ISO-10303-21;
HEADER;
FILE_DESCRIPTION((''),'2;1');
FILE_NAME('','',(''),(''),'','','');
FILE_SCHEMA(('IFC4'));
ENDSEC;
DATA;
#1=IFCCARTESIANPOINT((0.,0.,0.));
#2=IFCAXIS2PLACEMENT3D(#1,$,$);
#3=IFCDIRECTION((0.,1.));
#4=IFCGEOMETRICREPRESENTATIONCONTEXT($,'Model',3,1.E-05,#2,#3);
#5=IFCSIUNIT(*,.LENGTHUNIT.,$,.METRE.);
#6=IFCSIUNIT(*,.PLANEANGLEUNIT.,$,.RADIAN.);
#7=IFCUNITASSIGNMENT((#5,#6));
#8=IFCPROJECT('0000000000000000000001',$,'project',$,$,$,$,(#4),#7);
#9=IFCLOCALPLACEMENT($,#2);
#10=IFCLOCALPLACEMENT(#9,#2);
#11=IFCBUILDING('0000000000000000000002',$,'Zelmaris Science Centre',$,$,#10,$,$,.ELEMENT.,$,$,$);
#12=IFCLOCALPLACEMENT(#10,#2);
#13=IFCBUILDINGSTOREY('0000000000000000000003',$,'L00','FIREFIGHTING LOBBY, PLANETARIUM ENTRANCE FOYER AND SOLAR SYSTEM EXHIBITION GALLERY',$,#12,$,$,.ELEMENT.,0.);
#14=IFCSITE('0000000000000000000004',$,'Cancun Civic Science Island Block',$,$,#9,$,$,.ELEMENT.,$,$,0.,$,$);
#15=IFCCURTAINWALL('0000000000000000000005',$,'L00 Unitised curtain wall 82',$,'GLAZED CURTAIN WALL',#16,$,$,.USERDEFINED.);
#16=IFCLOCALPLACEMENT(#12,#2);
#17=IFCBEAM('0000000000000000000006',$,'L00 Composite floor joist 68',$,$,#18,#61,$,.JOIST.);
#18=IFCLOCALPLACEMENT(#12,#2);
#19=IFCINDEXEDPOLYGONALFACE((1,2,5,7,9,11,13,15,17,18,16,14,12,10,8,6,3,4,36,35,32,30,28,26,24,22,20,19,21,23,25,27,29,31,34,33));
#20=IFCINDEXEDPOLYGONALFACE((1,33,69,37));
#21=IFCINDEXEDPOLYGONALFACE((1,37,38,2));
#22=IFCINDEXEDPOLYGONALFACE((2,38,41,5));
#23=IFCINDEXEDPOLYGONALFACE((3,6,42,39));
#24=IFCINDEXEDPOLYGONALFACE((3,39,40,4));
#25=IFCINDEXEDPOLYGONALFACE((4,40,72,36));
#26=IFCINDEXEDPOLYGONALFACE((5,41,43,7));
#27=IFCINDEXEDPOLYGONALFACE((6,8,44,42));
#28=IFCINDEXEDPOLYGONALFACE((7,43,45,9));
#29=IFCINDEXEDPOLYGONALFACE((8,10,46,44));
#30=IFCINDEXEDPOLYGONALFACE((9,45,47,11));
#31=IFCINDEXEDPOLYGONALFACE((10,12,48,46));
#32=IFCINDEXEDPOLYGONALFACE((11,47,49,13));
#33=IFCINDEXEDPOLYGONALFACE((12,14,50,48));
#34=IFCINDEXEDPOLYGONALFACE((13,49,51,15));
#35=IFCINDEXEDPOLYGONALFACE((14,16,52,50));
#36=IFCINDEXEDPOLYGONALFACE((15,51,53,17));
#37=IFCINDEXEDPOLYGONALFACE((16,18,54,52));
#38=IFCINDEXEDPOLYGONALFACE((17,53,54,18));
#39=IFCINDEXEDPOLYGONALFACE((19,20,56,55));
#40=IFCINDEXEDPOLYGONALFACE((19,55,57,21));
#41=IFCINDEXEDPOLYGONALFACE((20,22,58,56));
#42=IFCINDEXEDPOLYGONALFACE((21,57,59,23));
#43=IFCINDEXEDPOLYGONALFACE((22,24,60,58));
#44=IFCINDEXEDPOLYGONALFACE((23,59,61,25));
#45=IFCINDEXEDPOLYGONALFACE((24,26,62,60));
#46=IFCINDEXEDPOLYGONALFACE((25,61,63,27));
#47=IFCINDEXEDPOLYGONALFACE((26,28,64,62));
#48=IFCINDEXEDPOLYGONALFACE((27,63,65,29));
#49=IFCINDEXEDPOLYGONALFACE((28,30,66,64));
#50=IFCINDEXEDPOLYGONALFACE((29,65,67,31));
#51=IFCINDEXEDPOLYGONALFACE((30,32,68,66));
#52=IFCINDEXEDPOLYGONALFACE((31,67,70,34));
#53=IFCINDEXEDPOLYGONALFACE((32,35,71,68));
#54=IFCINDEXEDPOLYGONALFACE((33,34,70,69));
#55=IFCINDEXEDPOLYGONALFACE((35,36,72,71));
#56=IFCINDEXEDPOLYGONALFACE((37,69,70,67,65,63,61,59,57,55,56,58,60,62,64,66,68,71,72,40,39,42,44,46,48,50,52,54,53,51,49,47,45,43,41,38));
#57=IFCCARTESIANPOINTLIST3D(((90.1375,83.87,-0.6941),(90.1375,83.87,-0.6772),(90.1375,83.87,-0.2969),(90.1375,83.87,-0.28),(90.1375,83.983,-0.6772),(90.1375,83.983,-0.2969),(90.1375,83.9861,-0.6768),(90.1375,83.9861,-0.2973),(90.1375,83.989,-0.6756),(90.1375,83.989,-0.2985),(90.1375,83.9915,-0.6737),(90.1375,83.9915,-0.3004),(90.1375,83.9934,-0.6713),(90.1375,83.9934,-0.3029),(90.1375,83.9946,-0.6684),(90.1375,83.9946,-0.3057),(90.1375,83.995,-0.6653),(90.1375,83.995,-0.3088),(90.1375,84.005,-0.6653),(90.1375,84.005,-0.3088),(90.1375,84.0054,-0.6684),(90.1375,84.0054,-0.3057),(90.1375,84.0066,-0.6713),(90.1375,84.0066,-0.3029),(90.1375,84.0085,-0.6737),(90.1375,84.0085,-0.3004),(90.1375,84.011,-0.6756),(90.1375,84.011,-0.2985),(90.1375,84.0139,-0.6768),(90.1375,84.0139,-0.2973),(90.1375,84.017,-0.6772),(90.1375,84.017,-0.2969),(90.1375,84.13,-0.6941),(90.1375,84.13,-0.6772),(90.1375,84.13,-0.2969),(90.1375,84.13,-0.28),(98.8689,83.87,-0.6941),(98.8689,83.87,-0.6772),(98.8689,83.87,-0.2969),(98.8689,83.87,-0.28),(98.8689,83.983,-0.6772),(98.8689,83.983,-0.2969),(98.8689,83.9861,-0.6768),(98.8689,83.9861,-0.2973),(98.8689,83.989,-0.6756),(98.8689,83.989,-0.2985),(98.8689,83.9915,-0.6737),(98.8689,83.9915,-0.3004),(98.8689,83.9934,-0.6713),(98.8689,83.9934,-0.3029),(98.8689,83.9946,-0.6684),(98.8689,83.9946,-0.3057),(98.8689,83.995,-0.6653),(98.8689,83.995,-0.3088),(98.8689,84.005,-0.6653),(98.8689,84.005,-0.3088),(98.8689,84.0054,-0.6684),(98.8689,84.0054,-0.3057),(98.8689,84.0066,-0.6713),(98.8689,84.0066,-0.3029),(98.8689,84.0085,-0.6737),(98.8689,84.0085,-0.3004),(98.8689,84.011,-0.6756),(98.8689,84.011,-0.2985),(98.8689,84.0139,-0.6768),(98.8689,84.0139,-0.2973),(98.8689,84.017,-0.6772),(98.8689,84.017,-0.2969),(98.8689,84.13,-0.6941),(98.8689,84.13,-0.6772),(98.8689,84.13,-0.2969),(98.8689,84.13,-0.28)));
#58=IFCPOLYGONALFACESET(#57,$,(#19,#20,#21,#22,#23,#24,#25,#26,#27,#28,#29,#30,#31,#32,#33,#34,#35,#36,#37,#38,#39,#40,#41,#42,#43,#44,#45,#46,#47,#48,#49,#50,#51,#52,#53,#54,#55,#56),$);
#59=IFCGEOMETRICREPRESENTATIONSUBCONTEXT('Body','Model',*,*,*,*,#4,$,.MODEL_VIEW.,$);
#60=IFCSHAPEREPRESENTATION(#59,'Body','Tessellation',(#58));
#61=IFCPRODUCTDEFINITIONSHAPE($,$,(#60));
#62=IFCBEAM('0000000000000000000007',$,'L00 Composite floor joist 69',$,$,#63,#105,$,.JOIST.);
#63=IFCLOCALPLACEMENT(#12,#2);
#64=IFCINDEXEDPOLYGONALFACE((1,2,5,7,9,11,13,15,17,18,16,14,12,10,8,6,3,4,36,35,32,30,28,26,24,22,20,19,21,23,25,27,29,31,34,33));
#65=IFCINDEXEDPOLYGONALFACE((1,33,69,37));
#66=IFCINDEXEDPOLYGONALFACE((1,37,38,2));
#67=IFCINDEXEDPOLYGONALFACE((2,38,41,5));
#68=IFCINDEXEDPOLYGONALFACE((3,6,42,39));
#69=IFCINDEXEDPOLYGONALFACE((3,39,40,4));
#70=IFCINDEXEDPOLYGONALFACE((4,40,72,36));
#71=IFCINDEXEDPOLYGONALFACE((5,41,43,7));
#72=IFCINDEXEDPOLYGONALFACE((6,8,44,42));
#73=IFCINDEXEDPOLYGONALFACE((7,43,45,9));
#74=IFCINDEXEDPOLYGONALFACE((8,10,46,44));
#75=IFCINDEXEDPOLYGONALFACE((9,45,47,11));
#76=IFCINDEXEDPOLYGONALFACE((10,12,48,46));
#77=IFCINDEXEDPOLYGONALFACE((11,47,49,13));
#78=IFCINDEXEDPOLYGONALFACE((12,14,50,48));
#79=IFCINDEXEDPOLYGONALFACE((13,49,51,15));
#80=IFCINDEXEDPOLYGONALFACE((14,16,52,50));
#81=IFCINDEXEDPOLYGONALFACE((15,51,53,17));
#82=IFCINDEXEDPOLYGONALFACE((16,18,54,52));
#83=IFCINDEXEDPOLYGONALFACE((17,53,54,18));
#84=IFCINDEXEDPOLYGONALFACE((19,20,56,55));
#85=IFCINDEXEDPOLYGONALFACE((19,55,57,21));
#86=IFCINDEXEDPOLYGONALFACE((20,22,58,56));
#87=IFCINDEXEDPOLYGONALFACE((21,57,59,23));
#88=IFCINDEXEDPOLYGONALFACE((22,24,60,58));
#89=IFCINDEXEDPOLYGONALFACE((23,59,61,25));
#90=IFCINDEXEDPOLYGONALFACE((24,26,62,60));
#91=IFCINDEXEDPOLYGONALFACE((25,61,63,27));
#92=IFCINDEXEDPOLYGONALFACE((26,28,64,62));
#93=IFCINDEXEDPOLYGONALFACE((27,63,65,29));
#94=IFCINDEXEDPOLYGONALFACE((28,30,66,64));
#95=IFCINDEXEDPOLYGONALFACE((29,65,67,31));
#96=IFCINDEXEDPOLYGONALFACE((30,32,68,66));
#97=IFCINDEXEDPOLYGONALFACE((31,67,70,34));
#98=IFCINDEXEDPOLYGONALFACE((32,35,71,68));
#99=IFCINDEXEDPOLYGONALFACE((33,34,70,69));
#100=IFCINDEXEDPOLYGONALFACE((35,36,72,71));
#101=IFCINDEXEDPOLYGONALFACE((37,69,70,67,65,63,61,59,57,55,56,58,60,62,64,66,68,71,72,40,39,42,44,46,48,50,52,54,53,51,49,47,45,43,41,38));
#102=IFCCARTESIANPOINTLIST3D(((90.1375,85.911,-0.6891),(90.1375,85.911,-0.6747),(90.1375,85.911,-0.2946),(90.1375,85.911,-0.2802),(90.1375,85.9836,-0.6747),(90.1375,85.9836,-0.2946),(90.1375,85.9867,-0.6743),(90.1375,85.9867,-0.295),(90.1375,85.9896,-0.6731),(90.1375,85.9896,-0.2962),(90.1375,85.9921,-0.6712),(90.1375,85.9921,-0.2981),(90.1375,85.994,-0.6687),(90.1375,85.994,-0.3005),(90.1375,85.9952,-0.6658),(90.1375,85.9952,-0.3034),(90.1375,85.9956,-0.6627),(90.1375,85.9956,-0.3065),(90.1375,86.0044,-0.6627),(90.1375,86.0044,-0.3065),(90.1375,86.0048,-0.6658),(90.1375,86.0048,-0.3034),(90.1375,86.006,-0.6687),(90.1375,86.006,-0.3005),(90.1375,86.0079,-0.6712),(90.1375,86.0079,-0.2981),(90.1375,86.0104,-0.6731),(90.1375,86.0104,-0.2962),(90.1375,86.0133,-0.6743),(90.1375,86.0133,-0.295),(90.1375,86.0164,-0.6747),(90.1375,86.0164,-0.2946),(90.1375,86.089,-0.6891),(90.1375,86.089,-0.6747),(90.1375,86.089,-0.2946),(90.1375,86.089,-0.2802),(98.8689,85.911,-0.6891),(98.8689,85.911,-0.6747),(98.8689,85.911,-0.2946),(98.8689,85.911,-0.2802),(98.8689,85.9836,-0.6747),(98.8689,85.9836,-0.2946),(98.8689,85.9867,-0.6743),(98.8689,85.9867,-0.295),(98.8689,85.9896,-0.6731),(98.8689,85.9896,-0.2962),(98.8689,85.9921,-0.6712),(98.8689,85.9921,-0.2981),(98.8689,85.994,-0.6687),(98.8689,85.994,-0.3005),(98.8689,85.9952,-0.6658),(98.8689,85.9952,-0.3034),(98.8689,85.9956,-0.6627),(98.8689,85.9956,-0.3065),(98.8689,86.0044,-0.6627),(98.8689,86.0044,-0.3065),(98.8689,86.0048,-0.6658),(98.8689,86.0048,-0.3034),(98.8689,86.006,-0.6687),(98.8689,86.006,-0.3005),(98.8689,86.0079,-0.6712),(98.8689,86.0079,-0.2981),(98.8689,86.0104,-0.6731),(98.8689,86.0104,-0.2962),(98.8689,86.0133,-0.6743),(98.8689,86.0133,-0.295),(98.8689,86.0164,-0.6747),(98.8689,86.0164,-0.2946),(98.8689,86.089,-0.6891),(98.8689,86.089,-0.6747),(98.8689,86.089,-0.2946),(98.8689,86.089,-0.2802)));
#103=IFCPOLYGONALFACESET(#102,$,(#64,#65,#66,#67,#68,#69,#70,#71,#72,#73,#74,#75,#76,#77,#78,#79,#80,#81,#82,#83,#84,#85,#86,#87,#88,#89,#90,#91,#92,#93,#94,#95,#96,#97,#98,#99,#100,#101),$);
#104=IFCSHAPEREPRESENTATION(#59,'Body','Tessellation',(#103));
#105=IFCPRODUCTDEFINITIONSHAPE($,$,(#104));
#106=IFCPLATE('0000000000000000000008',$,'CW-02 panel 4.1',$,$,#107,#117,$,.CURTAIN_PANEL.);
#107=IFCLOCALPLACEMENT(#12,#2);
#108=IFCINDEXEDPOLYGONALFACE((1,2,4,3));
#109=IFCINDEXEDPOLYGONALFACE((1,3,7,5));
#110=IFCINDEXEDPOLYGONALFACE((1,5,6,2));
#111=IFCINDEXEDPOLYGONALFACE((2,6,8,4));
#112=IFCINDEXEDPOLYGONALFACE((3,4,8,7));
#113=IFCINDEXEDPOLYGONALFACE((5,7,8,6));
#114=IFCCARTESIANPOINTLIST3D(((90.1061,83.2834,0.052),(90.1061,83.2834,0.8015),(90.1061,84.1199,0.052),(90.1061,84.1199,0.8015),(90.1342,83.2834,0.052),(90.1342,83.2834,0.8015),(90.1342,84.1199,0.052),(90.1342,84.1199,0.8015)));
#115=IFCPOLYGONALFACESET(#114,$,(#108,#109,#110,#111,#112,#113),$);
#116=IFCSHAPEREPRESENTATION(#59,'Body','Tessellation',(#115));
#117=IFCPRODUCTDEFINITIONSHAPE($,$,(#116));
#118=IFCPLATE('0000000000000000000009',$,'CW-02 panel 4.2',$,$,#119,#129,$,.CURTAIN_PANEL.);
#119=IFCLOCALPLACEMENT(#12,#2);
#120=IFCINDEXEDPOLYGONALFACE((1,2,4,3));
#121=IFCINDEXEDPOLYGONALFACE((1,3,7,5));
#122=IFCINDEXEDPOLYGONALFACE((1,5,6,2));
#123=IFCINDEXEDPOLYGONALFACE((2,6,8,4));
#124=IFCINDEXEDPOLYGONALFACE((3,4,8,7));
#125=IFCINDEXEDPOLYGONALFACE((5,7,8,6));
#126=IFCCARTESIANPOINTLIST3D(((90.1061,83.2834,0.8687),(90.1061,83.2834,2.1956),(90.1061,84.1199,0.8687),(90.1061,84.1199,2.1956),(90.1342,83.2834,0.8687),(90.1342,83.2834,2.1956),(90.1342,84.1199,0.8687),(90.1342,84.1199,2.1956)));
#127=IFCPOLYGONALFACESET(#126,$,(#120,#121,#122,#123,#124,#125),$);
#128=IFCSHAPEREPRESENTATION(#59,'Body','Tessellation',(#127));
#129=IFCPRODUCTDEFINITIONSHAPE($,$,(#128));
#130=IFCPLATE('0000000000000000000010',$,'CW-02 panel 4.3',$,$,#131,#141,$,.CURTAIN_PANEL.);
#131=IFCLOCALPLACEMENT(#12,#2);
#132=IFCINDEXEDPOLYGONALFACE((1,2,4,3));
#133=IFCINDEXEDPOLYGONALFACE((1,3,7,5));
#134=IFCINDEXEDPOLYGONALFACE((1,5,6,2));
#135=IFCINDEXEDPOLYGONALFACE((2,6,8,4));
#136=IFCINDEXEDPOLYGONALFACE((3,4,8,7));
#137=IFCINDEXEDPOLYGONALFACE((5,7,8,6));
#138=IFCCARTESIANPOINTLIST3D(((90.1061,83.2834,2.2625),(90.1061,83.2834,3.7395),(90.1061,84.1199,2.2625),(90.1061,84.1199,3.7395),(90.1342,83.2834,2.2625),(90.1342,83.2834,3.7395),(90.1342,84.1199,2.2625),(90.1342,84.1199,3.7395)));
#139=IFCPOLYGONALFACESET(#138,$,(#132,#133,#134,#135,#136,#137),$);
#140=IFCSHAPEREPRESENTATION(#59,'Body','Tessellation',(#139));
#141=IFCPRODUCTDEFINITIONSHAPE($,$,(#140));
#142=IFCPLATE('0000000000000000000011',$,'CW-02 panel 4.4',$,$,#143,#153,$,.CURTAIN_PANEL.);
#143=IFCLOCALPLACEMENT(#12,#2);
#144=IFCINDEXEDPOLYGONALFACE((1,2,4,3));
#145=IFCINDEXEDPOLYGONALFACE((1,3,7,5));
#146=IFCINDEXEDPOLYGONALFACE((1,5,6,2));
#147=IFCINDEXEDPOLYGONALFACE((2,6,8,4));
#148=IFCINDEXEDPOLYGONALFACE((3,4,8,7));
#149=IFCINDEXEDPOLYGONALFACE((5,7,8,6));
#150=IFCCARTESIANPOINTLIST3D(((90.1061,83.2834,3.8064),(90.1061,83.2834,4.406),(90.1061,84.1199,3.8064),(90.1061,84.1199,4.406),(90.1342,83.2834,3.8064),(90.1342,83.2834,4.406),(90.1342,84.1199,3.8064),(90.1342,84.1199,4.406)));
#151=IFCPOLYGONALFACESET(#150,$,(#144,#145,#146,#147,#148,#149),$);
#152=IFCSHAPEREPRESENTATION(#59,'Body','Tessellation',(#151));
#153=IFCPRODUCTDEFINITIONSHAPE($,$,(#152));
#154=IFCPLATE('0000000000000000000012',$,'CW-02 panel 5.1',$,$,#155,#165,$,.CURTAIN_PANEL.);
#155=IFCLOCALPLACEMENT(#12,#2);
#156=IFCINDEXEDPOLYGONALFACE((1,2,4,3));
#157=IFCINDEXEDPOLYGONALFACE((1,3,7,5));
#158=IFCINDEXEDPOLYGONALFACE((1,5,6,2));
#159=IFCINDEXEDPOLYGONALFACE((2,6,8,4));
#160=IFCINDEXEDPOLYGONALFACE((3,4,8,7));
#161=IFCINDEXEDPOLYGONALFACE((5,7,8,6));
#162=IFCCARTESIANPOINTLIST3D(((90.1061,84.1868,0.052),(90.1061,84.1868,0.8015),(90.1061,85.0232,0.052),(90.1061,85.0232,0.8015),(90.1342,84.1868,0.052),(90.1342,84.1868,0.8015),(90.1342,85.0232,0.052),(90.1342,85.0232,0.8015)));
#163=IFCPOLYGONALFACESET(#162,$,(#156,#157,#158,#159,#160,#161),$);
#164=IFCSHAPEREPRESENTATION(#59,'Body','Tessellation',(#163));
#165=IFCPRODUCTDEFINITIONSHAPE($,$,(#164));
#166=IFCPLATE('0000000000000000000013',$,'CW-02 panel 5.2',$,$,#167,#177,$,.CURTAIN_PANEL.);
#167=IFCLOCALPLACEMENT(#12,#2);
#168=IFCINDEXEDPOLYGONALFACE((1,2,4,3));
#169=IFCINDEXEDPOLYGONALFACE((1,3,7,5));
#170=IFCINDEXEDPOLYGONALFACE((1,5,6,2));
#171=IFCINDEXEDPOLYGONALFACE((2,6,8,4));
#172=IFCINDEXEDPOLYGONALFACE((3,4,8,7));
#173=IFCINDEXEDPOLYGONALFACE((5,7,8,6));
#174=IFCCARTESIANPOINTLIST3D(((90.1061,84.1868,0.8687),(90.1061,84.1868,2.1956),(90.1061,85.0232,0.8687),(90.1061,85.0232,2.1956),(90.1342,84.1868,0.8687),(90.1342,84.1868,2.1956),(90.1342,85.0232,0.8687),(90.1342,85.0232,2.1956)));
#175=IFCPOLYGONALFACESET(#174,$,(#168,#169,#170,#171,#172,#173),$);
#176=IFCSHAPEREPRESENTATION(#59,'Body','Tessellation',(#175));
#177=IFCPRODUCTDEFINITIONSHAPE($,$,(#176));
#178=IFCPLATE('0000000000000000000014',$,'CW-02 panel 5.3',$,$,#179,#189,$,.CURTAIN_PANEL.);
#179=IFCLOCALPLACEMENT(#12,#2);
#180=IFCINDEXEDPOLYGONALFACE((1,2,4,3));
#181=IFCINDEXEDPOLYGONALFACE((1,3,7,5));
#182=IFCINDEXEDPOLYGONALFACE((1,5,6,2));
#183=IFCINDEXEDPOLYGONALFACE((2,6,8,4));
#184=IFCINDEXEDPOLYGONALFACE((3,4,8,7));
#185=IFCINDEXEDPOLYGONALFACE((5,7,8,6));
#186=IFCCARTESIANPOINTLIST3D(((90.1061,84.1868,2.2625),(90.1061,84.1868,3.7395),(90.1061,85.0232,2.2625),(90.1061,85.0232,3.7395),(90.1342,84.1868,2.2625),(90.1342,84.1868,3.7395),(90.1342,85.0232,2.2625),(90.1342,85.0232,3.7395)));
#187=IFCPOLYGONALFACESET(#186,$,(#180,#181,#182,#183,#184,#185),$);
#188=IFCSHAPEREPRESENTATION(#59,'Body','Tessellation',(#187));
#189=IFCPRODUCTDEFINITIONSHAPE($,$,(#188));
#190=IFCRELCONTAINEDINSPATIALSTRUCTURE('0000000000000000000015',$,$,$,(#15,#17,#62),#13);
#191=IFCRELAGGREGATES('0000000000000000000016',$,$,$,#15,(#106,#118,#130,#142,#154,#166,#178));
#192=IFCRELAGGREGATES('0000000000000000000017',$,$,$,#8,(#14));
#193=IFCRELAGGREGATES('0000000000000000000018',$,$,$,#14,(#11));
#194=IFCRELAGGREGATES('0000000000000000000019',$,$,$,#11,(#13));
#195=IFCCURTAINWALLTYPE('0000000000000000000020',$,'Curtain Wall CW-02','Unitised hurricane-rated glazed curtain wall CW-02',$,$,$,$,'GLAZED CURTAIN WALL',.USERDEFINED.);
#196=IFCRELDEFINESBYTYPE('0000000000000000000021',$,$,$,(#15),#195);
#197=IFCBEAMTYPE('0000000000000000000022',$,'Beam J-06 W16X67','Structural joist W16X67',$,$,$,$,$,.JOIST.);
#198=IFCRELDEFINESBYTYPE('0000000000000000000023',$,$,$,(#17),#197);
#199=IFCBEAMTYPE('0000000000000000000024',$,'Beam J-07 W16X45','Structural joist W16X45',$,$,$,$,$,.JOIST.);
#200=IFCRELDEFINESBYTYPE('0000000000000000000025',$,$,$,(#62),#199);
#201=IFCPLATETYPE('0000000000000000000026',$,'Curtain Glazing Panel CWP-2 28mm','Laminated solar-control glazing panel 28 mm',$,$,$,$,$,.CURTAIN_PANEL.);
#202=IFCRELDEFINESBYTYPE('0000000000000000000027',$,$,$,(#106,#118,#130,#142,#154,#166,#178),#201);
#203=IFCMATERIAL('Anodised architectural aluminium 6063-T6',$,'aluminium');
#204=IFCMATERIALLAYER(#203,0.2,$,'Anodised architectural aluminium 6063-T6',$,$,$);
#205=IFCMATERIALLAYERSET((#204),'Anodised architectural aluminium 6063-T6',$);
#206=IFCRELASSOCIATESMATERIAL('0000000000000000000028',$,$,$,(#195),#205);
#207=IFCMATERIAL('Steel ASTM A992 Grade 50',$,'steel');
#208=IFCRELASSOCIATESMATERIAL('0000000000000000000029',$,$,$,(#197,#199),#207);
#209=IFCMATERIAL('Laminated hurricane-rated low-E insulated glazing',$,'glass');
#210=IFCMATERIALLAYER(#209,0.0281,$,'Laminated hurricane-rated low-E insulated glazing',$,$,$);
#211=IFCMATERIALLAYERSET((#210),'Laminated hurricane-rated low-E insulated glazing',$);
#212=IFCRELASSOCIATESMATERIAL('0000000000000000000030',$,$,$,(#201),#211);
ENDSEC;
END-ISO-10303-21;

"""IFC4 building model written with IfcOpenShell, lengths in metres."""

from ifc_helpers import new_model, si_unit, direction, frame, origin, origin_2d, place, context, subcontext, project, spatial, rectangle, i_section, extrude, material, layer, layer_set, material_profile, profile_set, type_object, element, aggregate, save


model = new_model("IFC4")

# Units and contexts
model_context = context("Model", 3, precision=1e-05, world=origin(), true_north=direction((0.0, 1.0)))
body_context = subcontext(model_context, "Body", "Model", "MODEL_VIEW")
ifc_project = project(units=[si_unit("LENGTHUNIT", "METRE"), si_unit("PLANEANGLEUNIT", "RADIAN")], contexts=[model_context])

# Site, building, storey
site_placement = place(None, origin())
site = spatial("IfcSite", under=ifc_project, at=site_placement, Name="Cancun Civic Science Island Block", CompositionType="ELEMENT", RefElevation=0.0)
building_placement = place(site_placement, origin())
building = spatial("IfcBuilding", under=site, at=building_placement, Name="Zelmaris Science Centre", CompositionType="ELEMENT")
storey_placement = place(building_placement, origin())
storey = spatial("IfcBuildingStorey", under=building, at=storey_placement, Name="L00", Description="FIREFIGHTING LOBBY, PLANETARIUM ENTRANCE FOYER AND SOLAR SYSTEM EXHIBITION GALLERY", CompositionType="ELEMENT", Elevation=0.0)

# Shared definitions
ifc_material_1 = material(Name="Anodised architectural aluminium 6063-T6", Category="aluminium")

# Curtain wall
ifc_layer_1 = layer(ifc_material_1, 0.2, Name="Anodised architectural aluminium 6063-T6")
ifc_layer_set_1 = layer_set([ifc_layer_1], Name="Anodised architectural aluminium 6063-T6")
curtain_wall_type_1 = type_object("IfcCurtainWallType", Name="Curtain Wall CW-02", Description="Unitised hurricane-rated glazed curtain wall CW-02", ElementType="GLAZED CURTAIN WALL", PredefinedType="USERDEFINED", material=ifc_layer_set_1)
curtain_wall_1_placement = place(storey_placement, origin())
curtain_wall_1 = element("IfcCurtainWall", 1, at=curtain_wall_1_placement, inside=storey, type_object=curtain_wall_type_1, Name="L00 Unitised curtain wall 82", ObjectType="GLAZED CURTAIN WALL", PredefinedType="USERDEFINED")

# Beams
ifc_material_2 = material(Name="Steel ASTM A992 Grade 50", Category="steel")
ifc_material_profile_1 = material_profile(ifc_material_2, i_section(OverallWidth=0.26, OverallDepth=0.4141, WebThickness=0.01, FlangeThickness=0.0168, FilletRadius=0.012, at=origin_2d()), Name="W16X67")
ifc_profile_set_1 = profile_set([ifc_material_profile_1], Name="Steel ASTM A992 Grade 50")
beam_type_1 = type_object("IfcBeamType", Name="Beam J-06 W16X67", Description="Structural joist W16X67", PredefinedType="JOIST", material=ifc_profile_set_1)
beam_1_placement = place(storey_placement, frame((90.1375, 84.0, -0.4871), z_axis=(1.0, 0.0, 0.0), x_axis=(0.0, 1.0, 0.0)))
element("IfcBeam", 2, at=beam_1_placement, inside=storey, type_object=beam_type_1, Name="L00 Composite floor joist 68", PredefinedType="JOIST", context=body_context, shape_type="SweptSolid", body=[
    extrude(i_section(OverallWidth=0.26, OverallDepth=0.4141, WebThickness=0.01, FlangeThickness=0.0168, FilletRadius=0.012, at=origin_2d()), origin(), (0.0, 0.0, 1.0), 8.7314),
])
ifc_material_profile_2 = material_profile(ifc_material_2, i_section(OverallWidth=0.178, OverallDepth=0.4089, WebThickness=0.0088, FlangeThickness=0.0144, FilletRadius=0.012, at=origin_2d()), Name="W16X45")
ifc_profile_set_2 = profile_set([ifc_material_profile_2], Name="Steel ASTM A992 Grade 50")
beam_type_2 = type_object("IfcBeamType", Name="Beam J-07 W16X45", Description="Structural joist W16X45", PredefinedType="JOIST", material=ifc_profile_set_2)
beam_2_placement = place(storey_placement, frame((90.1375, 86.0, -0.4846), z_axis=(1.0, 0.0, 0.0), x_axis=(0.0, 1.0, 0.0)))
element("IfcBeam", 3, at=beam_2_placement, inside=storey, type_object=beam_type_2, Name="L00 Composite floor joist 69", PredefinedType="JOIST", context=body_context, shape_type="SweptSolid", body=[
    extrude(i_section(OverallWidth=0.178, OverallDepth=0.4089, WebThickness=0.0088, FlangeThickness=0.0144, FilletRadius=0.012, at=origin_2d()), origin(), (0.0, 0.0, 1.0), 8.7314),
])

# Plates
ifc_material_3 = material(Name="Laminated hurricane-rated low-E insulated glazing", Category="glass")
ifc_layer_2 = layer(ifc_material_3, 0.0281, Name="Laminated hurricane-rated low-E insulated glazing")
ifc_layer_set_2 = layer_set([ifc_layer_2], Name="Laminated hurricane-rated low-E insulated glazing")
plate_type = type_object("IfcPlateType", Name="Curtain Glazing Panel CWP-2 28mm", Description="Laminated solar-control glazing panel 28 mm", PredefinedType="CURTAIN_PANEL", material=ifc_layer_set_2)
plate_1_placement = place(storey_placement, frame((90.1201, 83.7017, 0.052), z_axis=(0.0, 0.0, 1.0), x_axis=(0.0, 1.0, 0.0)))
plate_1 = element("IfcPlate", 4, at=plate_1_placement, type_object=plate_type, Name="CW-02 panel 4.1", PredefinedType="CURTAIN_PANEL", context=body_context, shape_type="SweptSolid", body=[
    extrude(rectangle(XDim=0.8364, YDim=0.0281, at=origin_2d()), origin(), (0.0, 0.0, 1.0), 0.7495),
])
plate_2_placement = place(storey_placement, frame((90.1201, 83.7017, 0.8687), z_axis=(0.0, 0.0, 1.0), x_axis=(0.0, 1.0, 0.0)))
plate_2 = element("IfcPlate", 5, at=plate_2_placement, type_object=plate_type, Name="CW-02 panel 4.2", PredefinedType="CURTAIN_PANEL", context=body_context, shape_type="SweptSolid", body=[
    extrude(rectangle(XDim=0.8364, YDim=0.0281, at=origin_2d()), origin(), (0.0, 0.0, 1.0), 1.3269),
])
plate_3_placement = place(storey_placement, frame((90.1201, 83.7017, 2.2625), z_axis=(0.0, 0.0, 1.0), x_axis=(0.0, 1.0, 0.0)))
plate_3 = element("IfcPlate", 6, at=plate_3_placement, type_object=plate_type, Name="CW-02 panel 4.3", PredefinedType="CURTAIN_PANEL", context=body_context, shape_type="SweptSolid", body=[
    extrude(rectangle(XDim=0.8364, YDim=0.0281, at=origin_2d()), origin(), (0.0, 0.0, 1.0), 1.4771),
])
plate_4_placement = place(storey_placement, frame((90.1201, 83.7017, 3.8064), z_axis=(0.0, 0.0, 1.0), x_axis=(0.0, 1.0, 0.0)))
plate_4 = element("IfcPlate", 7, at=plate_4_placement, type_object=plate_type, Name="CW-02 panel 4.4", PredefinedType="CURTAIN_PANEL", context=body_context, shape_type="SweptSolid", body=[
    extrude(rectangle(XDim=0.8364, YDim=0.0281, at=origin_2d()), origin(), (0.0, 0.0, 1.0), 0.5996),
])
plate_5_placement = place(storey_placement, frame((90.1201, 84.605, 0.052), z_axis=(0.0, 0.0, 1.0), x_axis=(0.0, 1.0, 0.0)))
plate_5 = element("IfcPlate", 8, at=plate_5_placement, type_object=plate_type, Name="CW-02 panel 5.1", PredefinedType="CURTAIN_PANEL", context=body_context, shape_type="SweptSolid", body=[
    extrude(rectangle(XDim=0.8364, YDim=0.0281, at=origin_2d()), origin(), (0.0, 0.0, 1.0), 0.7495),
])
plate_6_placement = place(storey_placement, frame((90.1201, 84.605, 0.8687), z_axis=(0.0, 0.0, 1.0), x_axis=(0.0, 1.0, 0.0)))
plate_6 = element("IfcPlate", 9, at=plate_6_placement, type_object=plate_type, Name="CW-02 panel 5.2", PredefinedType="CURTAIN_PANEL", context=body_context, shape_type="SweptSolid", body=[
    extrude(rectangle(XDim=0.8364, YDim=0.0281, at=origin_2d()), origin(), (0.0, 0.0, 1.0), 1.3269),
])
plate_7_placement = place(storey_placement, frame((90.1201, 84.605, 2.2625), z_axis=(0.0, 0.0, 1.0), x_axis=(0.0, 1.0, 0.0)))
plate_7 = element("IfcPlate", 10, at=plate_7_placement, type_object=plate_type, Name="CW-02 panel 5.3", PredefinedType="CURTAIN_PANEL", context=body_context, shape_type="SweptSolid", body=[
    extrude(rectangle(XDim=0.8364, YDim=0.0281, at=origin_2d()), origin(), (0.0, 0.0, 1.0), 1.4771),
])
aggregate(curtain_wall_1, [plate_1, plate_2, plate_3, plate_4, plate_5, plate_6, plate_7])

save(model, "model.ifc")
